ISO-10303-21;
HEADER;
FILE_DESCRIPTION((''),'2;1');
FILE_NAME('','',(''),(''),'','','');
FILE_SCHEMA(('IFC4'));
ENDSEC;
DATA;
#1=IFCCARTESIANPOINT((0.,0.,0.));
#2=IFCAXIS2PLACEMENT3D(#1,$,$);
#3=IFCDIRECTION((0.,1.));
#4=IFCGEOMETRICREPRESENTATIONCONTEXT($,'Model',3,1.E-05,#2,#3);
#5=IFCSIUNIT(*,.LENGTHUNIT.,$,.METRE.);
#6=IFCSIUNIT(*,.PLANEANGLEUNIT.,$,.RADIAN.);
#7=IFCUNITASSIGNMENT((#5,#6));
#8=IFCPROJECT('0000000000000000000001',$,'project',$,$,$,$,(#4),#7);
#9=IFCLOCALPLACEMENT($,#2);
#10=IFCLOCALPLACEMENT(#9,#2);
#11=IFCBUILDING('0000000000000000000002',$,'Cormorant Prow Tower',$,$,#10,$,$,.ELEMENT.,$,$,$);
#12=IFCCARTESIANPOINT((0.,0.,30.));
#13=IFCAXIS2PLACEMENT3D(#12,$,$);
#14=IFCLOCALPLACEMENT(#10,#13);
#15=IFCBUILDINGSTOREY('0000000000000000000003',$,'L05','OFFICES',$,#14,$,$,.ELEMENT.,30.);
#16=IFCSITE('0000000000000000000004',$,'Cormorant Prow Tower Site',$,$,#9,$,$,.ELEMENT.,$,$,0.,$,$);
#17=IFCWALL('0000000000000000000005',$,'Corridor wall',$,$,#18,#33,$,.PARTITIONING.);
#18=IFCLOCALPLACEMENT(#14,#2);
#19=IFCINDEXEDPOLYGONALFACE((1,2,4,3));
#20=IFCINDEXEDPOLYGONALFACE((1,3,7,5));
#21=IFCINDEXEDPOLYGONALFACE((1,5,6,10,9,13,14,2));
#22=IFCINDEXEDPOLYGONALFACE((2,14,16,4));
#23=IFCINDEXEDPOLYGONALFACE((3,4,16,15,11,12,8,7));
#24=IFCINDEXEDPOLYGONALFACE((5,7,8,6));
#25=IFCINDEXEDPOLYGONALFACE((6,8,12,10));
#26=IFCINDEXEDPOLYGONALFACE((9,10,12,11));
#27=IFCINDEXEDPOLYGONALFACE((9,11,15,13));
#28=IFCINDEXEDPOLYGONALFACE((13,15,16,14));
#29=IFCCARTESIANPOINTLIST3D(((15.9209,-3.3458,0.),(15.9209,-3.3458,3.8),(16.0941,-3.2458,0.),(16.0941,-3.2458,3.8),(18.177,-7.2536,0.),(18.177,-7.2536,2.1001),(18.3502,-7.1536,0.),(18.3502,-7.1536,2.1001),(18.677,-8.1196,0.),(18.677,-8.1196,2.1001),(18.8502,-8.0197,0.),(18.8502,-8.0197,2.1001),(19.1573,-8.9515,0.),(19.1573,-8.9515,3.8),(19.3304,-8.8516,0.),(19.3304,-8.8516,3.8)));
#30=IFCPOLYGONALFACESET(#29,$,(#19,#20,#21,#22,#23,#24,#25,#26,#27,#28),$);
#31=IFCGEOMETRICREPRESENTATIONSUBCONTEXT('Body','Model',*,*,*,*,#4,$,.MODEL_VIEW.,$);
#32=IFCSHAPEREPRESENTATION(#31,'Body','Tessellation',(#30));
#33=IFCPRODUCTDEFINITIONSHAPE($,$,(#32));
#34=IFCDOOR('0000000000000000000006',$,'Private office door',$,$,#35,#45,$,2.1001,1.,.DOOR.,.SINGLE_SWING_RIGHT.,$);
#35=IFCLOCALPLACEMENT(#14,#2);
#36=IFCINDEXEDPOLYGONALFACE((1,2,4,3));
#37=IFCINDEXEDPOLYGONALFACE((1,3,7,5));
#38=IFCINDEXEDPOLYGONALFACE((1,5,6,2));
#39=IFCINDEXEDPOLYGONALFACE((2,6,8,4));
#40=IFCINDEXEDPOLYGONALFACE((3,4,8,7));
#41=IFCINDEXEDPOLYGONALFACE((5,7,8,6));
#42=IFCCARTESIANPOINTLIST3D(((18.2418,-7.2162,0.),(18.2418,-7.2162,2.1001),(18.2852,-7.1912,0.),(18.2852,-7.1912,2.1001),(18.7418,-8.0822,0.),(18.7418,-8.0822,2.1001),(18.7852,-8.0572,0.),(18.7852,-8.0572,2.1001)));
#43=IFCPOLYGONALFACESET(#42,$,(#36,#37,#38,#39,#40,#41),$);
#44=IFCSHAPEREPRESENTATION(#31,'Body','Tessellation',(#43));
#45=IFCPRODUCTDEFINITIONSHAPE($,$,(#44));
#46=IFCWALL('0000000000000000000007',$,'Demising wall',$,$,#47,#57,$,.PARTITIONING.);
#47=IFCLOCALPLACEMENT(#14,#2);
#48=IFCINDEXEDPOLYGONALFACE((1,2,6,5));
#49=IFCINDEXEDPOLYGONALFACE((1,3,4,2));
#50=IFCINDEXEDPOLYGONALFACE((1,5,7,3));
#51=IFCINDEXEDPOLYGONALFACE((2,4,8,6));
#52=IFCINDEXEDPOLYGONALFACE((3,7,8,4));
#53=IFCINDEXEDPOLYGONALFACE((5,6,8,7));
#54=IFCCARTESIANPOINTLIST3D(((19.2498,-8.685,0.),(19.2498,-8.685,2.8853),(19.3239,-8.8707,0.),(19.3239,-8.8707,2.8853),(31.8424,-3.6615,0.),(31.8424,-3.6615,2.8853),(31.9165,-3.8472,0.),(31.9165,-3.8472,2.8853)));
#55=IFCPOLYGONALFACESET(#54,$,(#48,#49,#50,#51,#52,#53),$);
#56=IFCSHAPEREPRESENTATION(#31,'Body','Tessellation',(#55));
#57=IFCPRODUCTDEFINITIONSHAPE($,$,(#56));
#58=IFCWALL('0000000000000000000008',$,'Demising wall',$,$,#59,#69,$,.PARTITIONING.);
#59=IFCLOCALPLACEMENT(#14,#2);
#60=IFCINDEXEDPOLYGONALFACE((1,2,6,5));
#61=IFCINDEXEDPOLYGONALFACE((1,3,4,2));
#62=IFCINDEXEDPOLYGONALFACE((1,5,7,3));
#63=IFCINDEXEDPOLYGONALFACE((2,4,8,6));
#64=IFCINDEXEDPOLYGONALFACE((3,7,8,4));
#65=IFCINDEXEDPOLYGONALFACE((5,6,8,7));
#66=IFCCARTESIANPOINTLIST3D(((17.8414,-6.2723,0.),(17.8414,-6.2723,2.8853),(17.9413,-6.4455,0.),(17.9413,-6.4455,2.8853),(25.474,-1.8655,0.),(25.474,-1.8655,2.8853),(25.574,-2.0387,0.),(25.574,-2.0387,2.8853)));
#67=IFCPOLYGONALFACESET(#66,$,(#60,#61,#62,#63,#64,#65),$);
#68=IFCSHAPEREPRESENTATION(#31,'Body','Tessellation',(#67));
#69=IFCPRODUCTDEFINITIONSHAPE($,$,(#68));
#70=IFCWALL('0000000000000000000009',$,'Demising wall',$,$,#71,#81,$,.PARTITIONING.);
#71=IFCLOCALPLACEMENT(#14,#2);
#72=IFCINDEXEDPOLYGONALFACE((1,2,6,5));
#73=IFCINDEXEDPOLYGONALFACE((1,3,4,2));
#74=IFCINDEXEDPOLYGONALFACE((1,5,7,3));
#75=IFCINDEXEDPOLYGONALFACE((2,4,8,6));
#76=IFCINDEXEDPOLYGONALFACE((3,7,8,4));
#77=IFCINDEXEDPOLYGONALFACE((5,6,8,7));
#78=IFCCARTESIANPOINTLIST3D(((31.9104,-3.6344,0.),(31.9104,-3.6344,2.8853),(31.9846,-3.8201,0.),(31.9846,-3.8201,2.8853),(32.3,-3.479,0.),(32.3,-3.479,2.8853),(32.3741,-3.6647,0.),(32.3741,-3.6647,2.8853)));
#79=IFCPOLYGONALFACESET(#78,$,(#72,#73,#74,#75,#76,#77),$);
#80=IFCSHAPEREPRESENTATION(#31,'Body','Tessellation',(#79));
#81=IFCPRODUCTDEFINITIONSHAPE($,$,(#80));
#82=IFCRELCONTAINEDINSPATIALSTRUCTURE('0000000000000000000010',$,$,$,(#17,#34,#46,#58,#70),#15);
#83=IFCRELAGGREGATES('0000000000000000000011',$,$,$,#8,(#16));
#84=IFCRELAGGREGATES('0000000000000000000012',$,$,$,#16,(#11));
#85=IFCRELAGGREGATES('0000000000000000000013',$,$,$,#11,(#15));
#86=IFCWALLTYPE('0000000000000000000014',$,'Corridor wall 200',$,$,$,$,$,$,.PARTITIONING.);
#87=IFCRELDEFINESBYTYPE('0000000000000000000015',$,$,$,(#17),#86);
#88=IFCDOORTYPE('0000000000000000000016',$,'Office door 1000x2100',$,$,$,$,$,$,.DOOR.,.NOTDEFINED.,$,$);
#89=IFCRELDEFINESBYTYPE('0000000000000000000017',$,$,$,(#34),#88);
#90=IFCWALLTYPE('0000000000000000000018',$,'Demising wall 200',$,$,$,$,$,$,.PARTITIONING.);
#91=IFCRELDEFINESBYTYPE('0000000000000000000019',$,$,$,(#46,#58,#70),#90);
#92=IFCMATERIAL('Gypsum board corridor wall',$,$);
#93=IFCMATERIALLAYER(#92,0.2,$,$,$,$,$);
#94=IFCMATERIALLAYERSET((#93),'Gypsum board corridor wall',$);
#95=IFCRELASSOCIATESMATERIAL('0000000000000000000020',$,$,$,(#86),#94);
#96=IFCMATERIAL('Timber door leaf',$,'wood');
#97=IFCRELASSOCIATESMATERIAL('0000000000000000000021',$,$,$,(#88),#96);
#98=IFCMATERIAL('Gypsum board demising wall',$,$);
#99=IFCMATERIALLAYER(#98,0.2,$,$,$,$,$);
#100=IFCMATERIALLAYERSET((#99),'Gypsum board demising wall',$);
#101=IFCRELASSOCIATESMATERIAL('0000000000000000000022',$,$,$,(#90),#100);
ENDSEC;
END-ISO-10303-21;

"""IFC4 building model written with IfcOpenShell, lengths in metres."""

from ifc_helpers import new_model, si_unit, direction, frame, frame_2d, origin, place, context, subcontext, project, spatial, rectangle, extrude, material, layer, layer_set, type_object, element, fill, save


model = new_model("IFC4")

# Units and contexts
model_context = context("Model", 3, precision=1e-05, world=origin(), true_north=direction((0.0, 1.0)))
body_context = subcontext(model_context, "Body", "Model", "MODEL_VIEW")
ifc_project = project(units=[si_unit("LENGTHUNIT", "METRE"), si_unit("PLANEANGLEUNIT", "RADIAN")], contexts=[model_context])

# Site, building, storey
site_placement = place(None, origin())
site = spatial("IfcSite", under=ifc_project, at=site_placement, Name="Cormorant Prow Tower Site", CompositionType="ELEMENT", RefElevation=0.0)
building_placement = place(site_placement, origin())
building = spatial("IfcBuilding", under=site, at=building_placement, Name="Cormorant Prow Tower", CompositionType="ELEMENT")
storey_placement = place(building_placement, frame((0.0, 0.0, 30.0)))
storey = spatial("IfcBuildingStorey", under=building, at=storey_placement, Name="L05", Description="OFFICES", CompositionType="ELEMENT", Elevation=30.0)

# Wall, opening, door
ifc_material_1 = material(Name="Gypsum board corridor wall")
ifc_layer_1 = layer(ifc_material_1, 0.2)
ifc_layer_set_1 = layer_set([ifc_layer_1], Name="Gypsum board corridor wall")
wall_type_1 = type_object("IfcWallType", Name="Corridor wall 200", PredefinedType="PARTITIONING", material=ifc_layer_set_1)
wall_1_placement = place(storey_placement, frame((16.0076, -3.2959, 0.0), z_axis=(0.0, 0.0, 1.0), x_axis=(0.499985, -0.866034, 0.0)))
wall_1 = element("IfcWall", 1, at=wall_1_placement, inside=storey, type_object=wall_type_1, Name="Corridor wall", PredefinedType="PARTITIONING", context=body_context, shape_type="SweptSolid", body=[
    extrude(rectangle(XDim=6.4729, YDim=0.2, at=frame_2d((3.2363, 0.0))), origin(), (0.0, 0.0, 1.0), 3.8),
])
opening_1_placement = place(wall_1_placement, frame((4.5122, 0.0, 0.0)))
opening_1 = element("IfcOpeningElement", 2, at=opening_1_placement, cuts=wall_1, PredefinedType="OPENING", context=body_context, shape_type="SweptSolid", body=[
    extrude(rectangle(XDim=1.0, YDim=2.1001, at=frame_2d((0.5, 1.05))), frame((0.0, 0.1099, 0.0), z_axis=(0.0, -1.0, 0.0), x_axis=(1.0, 0.0, 0.0)), (0.0, 0.0, 1.0), 0.22),
])
ifc_material_2 = material(Name="Timber door leaf", Category="wood")
door_type_1 = type_object("IfcDoorType", Name="Office door 1000x2100", OperationType="NOTDEFINED", PredefinedType="DOOR", material=ifc_material_2)
door_1_placement = place(opening_1_placement, origin())
door_1 = element("IfcDoor", 3, at=door_1_placement, inside=storey, type_object=door_type_1, Name="Private office door", OperationType="SINGLE_SWING_RIGHT", OverallHeight=2.1001, OverallWidth=1.0, PredefinedType="DOOR", context=body_context, shape_type="SweptSolid", body=[
    extrude(rectangle(XDim=1.0, YDim=2.1001, at=frame_2d((0.5, 1.05))), frame((0.0, 0.0249, 0.0), z_axis=(0.0, -1.0, 0.0), x_axis=(1.0, 0.0, 0.0)), (0.0, 0.0, 1.0), 0.05),
])
fill(opening_1, door_1)

# Walls
ifc_material_3 = material(Name="Gypsum board demising wall")
ifc_layer_2 = layer(ifc_material_3, 0.2)
ifc_layer_set_2 = layer_set([ifc_layer_2], Name="Gypsum board demising wall")
wall_type_2 = type_object("IfcWallType", Name="Demising wall 200", PredefinedType="PARTITIONING", material=ifc_layer_set_2)
wall_2_placement = place(storey_placement, frame((19.2869, -8.7778, 0.0), z_axis=(0.0, 0.0, 1.0), x_axis=(0.928822, 0.370527, 0.0)))
element("IfcWall", 4, at=wall_2_placement, inside=storey, type_object=wall_type_2, Name="Demising wall", PredefinedType="PARTITIONING", context=body_context, shape_type="SweptSolid", body=[
    extrude(rectangle(XDim=13.5576, YDim=0.2, at=frame_2d((6.7788, 0.0))), origin(), (0.0, 0.0, 1.0), 2.8853),
])
wall_3_placement = place(storey_placement, frame((17.8914, -6.3589, 0.0), z_axis=(0.0, 0.0, 1.0), x_axis=(0.866022, 0.500006, 0.0)))
element("IfcWall", 5, at=wall_3_placement, inside=storey, type_object=wall_type_2, Name="Demising wall", PredefinedType="PARTITIONING", context=body_context, shape_type="SweptSolid", body=[
    extrude(rectangle(XDim=8.8135, YDim=0.2, at=frame_2d((4.4067, 0.0))), origin(), (0.0, 0.0, 1.0), 2.8853),
])
wall_4_placement = place(storey_placement, frame((31.9475, -3.7273, 0.0), z_axis=(0.0, 0.0, 1.0), x_axis=(0.928757, 0.370688, 0.0)))
element("IfcWall", 6, at=wall_4_placement, inside=storey, type_object=wall_type_2, Name="Demising wall", PredefinedType="PARTITIONING", context=body_context, shape_type="SweptSolid", body=[
    extrude(rectangle(XDim=0.4194, YDim=0.2, at=frame_2d((0.2097, 0.0))), origin(), (0.0, 0.0, 1.0), 2.8853),
])

save(model, "model.ifc")
